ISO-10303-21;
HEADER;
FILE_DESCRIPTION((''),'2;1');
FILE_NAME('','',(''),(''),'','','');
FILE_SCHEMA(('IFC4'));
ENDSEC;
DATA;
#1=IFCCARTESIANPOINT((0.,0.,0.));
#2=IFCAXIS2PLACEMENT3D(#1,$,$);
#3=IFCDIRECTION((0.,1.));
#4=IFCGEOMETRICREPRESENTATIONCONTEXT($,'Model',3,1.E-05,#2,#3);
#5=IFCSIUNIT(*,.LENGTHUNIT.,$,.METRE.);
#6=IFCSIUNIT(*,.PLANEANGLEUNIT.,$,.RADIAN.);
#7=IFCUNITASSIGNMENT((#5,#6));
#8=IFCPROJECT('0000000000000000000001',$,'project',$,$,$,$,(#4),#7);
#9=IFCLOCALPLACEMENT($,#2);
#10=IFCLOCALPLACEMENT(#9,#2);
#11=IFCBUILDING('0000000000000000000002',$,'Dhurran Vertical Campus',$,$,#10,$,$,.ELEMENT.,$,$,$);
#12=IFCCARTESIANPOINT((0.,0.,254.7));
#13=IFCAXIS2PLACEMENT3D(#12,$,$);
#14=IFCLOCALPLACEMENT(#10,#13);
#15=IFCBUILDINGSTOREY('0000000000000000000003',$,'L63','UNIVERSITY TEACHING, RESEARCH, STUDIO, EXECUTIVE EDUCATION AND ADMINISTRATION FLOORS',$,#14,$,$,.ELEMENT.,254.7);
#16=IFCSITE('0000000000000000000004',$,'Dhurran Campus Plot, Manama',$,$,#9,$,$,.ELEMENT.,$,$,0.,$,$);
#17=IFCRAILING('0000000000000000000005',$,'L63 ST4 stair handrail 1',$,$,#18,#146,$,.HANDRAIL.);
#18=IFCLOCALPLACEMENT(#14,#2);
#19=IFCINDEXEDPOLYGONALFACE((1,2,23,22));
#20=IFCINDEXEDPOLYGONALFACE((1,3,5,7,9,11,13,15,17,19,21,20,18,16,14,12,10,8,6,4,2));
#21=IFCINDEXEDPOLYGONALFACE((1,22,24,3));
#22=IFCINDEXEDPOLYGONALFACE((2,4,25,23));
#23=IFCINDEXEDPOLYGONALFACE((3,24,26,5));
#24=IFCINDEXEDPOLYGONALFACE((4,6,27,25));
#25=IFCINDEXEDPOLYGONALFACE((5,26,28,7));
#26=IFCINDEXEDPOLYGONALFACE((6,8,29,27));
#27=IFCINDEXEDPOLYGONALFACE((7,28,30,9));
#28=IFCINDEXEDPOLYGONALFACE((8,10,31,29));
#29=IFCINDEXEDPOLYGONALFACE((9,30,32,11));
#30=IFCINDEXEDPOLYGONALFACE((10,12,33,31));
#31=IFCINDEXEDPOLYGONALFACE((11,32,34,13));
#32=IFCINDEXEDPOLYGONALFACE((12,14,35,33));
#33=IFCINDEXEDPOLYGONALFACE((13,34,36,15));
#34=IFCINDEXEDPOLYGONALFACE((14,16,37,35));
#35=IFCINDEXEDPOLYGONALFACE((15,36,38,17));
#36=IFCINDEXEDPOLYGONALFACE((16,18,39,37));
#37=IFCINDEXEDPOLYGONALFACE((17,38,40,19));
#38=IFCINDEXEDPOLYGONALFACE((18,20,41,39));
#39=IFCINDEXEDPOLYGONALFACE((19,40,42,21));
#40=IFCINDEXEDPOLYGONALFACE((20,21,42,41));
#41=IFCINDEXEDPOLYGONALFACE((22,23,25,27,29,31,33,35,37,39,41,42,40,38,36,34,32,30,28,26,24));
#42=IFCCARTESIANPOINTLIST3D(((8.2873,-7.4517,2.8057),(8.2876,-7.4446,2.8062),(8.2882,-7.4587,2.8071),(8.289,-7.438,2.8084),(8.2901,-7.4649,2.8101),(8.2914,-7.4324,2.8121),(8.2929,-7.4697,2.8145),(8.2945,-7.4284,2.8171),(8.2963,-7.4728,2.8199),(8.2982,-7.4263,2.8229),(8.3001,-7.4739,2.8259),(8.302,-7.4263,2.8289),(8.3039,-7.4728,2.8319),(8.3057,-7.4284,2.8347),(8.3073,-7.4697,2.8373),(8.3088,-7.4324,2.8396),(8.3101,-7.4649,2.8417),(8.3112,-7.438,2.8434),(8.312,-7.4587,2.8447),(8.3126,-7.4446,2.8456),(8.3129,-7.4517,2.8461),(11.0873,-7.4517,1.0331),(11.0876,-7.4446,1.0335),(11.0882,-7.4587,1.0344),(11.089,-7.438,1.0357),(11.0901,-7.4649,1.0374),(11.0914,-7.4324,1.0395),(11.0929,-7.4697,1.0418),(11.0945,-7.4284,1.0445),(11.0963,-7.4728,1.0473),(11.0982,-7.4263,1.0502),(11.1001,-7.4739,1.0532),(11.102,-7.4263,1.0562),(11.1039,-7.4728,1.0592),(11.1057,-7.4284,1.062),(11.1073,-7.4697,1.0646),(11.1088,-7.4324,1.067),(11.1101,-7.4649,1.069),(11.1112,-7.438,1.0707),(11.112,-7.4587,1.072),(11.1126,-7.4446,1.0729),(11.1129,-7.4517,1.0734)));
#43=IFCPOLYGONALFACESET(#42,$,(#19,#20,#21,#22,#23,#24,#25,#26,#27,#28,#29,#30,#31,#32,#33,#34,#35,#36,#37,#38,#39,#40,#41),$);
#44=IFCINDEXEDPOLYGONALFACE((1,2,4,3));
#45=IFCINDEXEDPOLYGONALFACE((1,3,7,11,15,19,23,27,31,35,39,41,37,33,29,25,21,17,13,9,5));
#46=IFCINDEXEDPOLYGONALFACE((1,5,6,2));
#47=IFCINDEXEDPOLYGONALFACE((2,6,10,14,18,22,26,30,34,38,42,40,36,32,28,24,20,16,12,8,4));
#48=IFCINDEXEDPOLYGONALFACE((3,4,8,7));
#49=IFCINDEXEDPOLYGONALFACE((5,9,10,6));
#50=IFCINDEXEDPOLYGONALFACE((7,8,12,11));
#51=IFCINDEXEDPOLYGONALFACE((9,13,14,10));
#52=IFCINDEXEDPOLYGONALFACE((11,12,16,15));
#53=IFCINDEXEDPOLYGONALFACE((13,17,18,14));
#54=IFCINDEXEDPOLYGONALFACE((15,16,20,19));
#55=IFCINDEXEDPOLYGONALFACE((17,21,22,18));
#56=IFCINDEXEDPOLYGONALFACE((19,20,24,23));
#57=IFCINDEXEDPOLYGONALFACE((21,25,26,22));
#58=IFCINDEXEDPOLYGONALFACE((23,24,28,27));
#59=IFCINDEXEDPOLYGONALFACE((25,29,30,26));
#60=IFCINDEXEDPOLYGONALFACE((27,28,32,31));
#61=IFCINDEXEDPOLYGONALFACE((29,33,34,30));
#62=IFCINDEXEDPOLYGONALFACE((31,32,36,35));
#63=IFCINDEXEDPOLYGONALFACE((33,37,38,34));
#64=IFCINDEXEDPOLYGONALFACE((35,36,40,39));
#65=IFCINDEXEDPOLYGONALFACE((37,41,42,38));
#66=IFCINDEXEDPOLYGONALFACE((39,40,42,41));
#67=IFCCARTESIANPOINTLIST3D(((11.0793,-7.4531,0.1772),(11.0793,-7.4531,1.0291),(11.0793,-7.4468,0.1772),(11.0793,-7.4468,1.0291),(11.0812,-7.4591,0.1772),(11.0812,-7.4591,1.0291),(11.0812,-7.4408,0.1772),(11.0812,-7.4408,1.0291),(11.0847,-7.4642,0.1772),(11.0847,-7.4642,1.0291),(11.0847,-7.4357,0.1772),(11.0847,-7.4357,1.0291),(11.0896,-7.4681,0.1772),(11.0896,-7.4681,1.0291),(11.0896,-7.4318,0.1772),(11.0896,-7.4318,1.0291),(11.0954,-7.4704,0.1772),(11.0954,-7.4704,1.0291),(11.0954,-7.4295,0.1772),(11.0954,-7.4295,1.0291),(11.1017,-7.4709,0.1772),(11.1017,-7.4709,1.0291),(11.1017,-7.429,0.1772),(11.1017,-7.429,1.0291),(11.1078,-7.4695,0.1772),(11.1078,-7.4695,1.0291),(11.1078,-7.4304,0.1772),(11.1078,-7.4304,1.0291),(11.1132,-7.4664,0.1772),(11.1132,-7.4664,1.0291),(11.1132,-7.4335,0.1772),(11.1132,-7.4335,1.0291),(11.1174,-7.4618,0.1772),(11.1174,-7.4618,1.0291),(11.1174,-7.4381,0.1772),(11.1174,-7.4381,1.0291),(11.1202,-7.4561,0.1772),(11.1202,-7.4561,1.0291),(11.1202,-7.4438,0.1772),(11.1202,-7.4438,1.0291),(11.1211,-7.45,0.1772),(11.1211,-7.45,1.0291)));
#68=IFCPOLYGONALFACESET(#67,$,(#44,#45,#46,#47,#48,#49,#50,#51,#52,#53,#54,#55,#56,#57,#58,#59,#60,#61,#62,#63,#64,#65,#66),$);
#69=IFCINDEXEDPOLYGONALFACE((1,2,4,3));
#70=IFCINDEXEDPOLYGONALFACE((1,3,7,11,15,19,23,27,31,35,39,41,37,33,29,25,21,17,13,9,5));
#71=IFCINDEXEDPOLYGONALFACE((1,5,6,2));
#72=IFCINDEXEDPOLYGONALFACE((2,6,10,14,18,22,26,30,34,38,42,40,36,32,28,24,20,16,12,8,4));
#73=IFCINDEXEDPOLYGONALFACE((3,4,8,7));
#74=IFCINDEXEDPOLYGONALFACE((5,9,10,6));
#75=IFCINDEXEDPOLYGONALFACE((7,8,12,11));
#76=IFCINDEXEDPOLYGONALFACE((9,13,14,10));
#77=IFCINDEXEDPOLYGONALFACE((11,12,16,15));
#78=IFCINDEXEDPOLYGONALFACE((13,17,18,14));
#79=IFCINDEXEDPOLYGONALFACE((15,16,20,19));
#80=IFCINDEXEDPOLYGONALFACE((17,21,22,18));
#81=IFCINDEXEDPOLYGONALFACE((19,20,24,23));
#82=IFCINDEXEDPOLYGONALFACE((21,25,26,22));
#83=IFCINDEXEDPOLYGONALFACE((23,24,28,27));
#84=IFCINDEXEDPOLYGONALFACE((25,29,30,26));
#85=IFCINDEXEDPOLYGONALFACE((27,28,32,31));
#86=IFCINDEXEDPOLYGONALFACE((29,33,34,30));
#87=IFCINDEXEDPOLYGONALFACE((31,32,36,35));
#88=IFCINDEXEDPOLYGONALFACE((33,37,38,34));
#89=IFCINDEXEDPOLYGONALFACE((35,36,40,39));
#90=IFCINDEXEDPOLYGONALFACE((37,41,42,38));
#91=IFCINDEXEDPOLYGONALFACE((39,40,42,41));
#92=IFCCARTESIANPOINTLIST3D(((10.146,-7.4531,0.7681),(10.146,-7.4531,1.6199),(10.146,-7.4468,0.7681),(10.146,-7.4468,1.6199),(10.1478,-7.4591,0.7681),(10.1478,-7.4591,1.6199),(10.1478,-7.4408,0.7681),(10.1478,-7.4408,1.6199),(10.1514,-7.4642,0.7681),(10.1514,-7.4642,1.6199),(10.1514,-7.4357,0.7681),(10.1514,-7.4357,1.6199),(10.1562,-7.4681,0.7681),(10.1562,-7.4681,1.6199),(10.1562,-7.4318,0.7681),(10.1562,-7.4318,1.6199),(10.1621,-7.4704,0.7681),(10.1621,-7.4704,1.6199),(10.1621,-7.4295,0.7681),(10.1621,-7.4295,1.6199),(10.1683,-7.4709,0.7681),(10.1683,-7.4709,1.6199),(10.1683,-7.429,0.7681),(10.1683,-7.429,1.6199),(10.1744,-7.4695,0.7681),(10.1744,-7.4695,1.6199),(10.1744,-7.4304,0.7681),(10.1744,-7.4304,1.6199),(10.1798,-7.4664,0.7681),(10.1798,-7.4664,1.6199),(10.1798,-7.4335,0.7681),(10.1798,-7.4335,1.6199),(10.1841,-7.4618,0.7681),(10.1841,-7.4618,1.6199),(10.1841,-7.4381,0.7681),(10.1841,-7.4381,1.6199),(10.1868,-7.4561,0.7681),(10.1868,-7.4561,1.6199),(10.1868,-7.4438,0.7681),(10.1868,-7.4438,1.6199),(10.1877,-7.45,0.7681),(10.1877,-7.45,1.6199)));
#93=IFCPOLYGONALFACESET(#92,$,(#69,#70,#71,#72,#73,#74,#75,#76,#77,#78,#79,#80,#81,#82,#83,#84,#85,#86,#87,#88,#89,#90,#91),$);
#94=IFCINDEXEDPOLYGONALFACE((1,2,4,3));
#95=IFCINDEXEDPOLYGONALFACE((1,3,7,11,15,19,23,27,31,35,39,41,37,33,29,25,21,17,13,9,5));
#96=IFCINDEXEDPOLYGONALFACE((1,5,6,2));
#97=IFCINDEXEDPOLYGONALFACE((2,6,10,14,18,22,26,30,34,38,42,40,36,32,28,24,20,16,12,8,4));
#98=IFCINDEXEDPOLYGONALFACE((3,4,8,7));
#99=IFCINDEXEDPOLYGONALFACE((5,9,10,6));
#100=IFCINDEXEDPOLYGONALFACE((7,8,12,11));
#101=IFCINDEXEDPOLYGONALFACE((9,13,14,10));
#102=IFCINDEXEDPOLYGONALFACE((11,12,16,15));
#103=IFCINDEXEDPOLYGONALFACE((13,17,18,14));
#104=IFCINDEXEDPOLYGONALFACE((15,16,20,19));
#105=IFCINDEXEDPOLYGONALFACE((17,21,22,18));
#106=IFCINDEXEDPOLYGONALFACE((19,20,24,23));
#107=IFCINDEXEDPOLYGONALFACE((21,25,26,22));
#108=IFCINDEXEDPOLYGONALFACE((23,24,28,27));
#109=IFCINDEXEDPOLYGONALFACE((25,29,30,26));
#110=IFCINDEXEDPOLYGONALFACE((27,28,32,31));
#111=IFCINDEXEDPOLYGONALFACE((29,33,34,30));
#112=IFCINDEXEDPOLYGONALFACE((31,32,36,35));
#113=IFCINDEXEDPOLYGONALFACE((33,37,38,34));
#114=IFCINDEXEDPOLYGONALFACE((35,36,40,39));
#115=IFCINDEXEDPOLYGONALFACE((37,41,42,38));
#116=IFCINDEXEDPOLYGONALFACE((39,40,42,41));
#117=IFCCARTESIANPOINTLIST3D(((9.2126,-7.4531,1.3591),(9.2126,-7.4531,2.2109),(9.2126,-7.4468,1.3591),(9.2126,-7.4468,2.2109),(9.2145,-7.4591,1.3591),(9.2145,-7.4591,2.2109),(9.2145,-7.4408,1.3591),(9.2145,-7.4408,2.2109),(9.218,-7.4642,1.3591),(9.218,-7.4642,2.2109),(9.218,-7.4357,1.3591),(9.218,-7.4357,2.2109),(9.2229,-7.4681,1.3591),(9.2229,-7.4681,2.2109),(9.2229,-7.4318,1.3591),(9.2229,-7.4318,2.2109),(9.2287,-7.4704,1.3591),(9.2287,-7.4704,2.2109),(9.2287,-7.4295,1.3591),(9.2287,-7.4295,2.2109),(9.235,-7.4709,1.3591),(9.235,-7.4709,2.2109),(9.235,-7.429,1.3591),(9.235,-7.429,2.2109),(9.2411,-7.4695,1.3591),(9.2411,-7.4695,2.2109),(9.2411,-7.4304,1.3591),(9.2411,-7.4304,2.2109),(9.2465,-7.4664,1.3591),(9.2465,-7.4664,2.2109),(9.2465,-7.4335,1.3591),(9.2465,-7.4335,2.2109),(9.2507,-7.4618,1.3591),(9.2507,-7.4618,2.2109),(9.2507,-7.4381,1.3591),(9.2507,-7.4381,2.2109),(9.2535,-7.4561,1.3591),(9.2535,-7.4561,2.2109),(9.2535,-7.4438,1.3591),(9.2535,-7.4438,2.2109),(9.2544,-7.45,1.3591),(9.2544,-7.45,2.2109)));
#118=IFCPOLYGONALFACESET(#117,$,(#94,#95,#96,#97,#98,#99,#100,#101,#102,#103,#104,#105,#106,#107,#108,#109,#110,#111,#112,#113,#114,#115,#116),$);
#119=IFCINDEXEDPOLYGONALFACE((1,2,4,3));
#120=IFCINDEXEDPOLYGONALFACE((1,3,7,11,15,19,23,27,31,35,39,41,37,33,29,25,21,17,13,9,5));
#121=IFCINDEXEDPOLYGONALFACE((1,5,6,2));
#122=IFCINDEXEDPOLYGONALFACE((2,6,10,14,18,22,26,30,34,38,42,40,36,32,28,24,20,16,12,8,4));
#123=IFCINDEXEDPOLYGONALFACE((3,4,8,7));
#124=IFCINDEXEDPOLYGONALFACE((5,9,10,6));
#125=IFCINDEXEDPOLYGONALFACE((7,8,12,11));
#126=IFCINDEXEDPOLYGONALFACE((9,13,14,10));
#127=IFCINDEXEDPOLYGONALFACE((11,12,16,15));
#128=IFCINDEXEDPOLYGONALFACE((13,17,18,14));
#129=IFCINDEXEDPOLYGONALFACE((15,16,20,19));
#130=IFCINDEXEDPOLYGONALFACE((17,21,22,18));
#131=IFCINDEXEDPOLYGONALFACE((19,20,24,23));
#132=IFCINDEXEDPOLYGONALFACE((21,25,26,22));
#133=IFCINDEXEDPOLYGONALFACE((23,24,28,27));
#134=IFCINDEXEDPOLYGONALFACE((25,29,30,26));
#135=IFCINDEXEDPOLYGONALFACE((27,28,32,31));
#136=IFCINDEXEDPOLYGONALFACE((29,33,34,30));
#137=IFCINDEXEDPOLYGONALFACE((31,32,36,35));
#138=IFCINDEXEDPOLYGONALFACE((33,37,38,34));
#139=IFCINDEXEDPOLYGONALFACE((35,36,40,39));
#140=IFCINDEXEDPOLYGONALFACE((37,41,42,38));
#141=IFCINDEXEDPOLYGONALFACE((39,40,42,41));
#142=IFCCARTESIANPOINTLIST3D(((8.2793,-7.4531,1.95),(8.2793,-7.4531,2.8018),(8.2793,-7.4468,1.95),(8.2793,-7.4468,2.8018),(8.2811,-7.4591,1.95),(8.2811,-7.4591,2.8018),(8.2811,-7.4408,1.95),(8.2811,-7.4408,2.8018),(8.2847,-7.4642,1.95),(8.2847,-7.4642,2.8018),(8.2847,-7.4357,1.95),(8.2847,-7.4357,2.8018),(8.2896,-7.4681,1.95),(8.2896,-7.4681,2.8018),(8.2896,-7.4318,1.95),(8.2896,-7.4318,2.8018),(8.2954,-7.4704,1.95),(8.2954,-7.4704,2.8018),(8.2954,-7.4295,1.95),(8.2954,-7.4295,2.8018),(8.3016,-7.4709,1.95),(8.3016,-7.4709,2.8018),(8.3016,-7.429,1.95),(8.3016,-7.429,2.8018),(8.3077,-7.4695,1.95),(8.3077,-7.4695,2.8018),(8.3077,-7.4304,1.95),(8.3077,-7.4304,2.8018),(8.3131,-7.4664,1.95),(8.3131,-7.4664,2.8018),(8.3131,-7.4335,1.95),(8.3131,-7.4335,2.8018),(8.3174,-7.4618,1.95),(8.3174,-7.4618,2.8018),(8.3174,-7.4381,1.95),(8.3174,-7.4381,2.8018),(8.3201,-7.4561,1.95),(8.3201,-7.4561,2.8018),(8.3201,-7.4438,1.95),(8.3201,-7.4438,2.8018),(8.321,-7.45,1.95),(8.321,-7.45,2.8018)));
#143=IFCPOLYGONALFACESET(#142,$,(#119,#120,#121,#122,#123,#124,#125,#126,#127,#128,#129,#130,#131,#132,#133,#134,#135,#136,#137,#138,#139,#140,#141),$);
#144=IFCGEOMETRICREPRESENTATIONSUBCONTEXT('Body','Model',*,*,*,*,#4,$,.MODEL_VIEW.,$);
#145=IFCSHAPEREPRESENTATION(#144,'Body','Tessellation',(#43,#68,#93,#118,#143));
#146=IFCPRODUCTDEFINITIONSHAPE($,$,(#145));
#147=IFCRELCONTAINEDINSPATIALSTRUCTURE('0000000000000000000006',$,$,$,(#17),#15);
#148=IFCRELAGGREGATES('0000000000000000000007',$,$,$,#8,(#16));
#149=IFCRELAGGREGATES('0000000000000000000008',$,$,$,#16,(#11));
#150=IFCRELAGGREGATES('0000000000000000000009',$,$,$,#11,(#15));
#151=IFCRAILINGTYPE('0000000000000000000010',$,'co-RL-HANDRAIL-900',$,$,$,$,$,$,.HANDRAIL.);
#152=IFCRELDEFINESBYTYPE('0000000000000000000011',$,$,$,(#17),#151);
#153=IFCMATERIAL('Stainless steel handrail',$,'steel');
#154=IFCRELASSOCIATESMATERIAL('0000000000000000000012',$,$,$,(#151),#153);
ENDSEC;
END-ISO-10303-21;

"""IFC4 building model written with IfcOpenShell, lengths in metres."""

from ifc_helpers import new_model, si_unit, direction, frame, origin, origin_2d, place, context, subcontext, project, spatial, circle, extrude, material, type_object, element, save


model = new_model("IFC4")

# Units and contexts
model_context = context("Model", 3, precision=1e-05, world=origin(), true_north=direction((0.0, 1.0)))
body_context = subcontext(model_context, "Body", "Model", "MODEL_VIEW")
ifc_project = project(units=[si_unit("LENGTHUNIT", "METRE"), si_unit("PLANEANGLEUNIT", "RADIAN")], contexts=[model_context])

# Site, building, storey
site_placement = place(None, origin())
site = spatial("IfcSite", under=ifc_project, at=site_placement, Name="Dhurran Campus Plot, Manama", CompositionType="ELEMENT", RefElevation=0.0)
building_placement = place(site_placement, origin())
building = spatial("IfcBuilding", under=site, at=building_placement, Name="Dhurran Vertical Campus", CompositionType="ELEMENT")
storey_placement = place(building_placement, frame((0.0, 0.0, 254.7)))
storey = spatial("IfcBuildingStorey", under=building, at=storey_placement, Name="L63", Description="UNIVERSITY TEACHING, RESEARCH, STUDIO, EXECUTIVE EDUCATION AND ADMINISTRATION FLOORS", CompositionType="ELEMENT", Elevation=254.7)

# Railing
ifc_material_1 = material(Name="Stainless steel handrail", Category="steel")
railing_type_1 = type_object("IfcRailingType", Name="co-RL-HANDRAIL-900", PredefinedType="HANDRAIL", material=ifc_material_1)
railing_1_placement = place(storey_placement, frame((11.1001, -7.45, 0.1772)))
element("IfcRailing", 1, at=railing_1_placement, inside=storey, type_object=railing_type_1, Name="L63 ST4 stair handrail 1", PredefinedType="HANDRAIL", context=body_context, shape_type="SweptSolid", body=[
    extrude(circle(Radius=0.0239, at=origin_2d()), frame((0.0, 0.0, 0.876), z_axis=(-0.844909, 0.0, 0.53491), x_axis=(0.0, -1.0, 0.0)), (0.0, 0.0, 1.0), 3.314),
    extrude(circle(Radius=0.021, at=origin_2d()), origin(), (0.0, 0.0, 1.0), 0.8518),
    extrude(circle(Radius=0.021, at=origin_2d()), frame((-0.9333, 0.0, 0.5908)), (0.0, 0.0, 1.0), 0.8518),
    extrude(circle(Radius=0.021, at=origin_2d()), frame((-1.8667, 0.0, 1.1819)), (0.0, 0.0, 1.0), 0.8518),
    extrude(circle(Radius=0.021, at=origin_2d()), frame((-2.8, 0.0, 1.7727)), (0.0, 0.0, 1.0), 0.8518),
])

save(model, "model.ifc")
